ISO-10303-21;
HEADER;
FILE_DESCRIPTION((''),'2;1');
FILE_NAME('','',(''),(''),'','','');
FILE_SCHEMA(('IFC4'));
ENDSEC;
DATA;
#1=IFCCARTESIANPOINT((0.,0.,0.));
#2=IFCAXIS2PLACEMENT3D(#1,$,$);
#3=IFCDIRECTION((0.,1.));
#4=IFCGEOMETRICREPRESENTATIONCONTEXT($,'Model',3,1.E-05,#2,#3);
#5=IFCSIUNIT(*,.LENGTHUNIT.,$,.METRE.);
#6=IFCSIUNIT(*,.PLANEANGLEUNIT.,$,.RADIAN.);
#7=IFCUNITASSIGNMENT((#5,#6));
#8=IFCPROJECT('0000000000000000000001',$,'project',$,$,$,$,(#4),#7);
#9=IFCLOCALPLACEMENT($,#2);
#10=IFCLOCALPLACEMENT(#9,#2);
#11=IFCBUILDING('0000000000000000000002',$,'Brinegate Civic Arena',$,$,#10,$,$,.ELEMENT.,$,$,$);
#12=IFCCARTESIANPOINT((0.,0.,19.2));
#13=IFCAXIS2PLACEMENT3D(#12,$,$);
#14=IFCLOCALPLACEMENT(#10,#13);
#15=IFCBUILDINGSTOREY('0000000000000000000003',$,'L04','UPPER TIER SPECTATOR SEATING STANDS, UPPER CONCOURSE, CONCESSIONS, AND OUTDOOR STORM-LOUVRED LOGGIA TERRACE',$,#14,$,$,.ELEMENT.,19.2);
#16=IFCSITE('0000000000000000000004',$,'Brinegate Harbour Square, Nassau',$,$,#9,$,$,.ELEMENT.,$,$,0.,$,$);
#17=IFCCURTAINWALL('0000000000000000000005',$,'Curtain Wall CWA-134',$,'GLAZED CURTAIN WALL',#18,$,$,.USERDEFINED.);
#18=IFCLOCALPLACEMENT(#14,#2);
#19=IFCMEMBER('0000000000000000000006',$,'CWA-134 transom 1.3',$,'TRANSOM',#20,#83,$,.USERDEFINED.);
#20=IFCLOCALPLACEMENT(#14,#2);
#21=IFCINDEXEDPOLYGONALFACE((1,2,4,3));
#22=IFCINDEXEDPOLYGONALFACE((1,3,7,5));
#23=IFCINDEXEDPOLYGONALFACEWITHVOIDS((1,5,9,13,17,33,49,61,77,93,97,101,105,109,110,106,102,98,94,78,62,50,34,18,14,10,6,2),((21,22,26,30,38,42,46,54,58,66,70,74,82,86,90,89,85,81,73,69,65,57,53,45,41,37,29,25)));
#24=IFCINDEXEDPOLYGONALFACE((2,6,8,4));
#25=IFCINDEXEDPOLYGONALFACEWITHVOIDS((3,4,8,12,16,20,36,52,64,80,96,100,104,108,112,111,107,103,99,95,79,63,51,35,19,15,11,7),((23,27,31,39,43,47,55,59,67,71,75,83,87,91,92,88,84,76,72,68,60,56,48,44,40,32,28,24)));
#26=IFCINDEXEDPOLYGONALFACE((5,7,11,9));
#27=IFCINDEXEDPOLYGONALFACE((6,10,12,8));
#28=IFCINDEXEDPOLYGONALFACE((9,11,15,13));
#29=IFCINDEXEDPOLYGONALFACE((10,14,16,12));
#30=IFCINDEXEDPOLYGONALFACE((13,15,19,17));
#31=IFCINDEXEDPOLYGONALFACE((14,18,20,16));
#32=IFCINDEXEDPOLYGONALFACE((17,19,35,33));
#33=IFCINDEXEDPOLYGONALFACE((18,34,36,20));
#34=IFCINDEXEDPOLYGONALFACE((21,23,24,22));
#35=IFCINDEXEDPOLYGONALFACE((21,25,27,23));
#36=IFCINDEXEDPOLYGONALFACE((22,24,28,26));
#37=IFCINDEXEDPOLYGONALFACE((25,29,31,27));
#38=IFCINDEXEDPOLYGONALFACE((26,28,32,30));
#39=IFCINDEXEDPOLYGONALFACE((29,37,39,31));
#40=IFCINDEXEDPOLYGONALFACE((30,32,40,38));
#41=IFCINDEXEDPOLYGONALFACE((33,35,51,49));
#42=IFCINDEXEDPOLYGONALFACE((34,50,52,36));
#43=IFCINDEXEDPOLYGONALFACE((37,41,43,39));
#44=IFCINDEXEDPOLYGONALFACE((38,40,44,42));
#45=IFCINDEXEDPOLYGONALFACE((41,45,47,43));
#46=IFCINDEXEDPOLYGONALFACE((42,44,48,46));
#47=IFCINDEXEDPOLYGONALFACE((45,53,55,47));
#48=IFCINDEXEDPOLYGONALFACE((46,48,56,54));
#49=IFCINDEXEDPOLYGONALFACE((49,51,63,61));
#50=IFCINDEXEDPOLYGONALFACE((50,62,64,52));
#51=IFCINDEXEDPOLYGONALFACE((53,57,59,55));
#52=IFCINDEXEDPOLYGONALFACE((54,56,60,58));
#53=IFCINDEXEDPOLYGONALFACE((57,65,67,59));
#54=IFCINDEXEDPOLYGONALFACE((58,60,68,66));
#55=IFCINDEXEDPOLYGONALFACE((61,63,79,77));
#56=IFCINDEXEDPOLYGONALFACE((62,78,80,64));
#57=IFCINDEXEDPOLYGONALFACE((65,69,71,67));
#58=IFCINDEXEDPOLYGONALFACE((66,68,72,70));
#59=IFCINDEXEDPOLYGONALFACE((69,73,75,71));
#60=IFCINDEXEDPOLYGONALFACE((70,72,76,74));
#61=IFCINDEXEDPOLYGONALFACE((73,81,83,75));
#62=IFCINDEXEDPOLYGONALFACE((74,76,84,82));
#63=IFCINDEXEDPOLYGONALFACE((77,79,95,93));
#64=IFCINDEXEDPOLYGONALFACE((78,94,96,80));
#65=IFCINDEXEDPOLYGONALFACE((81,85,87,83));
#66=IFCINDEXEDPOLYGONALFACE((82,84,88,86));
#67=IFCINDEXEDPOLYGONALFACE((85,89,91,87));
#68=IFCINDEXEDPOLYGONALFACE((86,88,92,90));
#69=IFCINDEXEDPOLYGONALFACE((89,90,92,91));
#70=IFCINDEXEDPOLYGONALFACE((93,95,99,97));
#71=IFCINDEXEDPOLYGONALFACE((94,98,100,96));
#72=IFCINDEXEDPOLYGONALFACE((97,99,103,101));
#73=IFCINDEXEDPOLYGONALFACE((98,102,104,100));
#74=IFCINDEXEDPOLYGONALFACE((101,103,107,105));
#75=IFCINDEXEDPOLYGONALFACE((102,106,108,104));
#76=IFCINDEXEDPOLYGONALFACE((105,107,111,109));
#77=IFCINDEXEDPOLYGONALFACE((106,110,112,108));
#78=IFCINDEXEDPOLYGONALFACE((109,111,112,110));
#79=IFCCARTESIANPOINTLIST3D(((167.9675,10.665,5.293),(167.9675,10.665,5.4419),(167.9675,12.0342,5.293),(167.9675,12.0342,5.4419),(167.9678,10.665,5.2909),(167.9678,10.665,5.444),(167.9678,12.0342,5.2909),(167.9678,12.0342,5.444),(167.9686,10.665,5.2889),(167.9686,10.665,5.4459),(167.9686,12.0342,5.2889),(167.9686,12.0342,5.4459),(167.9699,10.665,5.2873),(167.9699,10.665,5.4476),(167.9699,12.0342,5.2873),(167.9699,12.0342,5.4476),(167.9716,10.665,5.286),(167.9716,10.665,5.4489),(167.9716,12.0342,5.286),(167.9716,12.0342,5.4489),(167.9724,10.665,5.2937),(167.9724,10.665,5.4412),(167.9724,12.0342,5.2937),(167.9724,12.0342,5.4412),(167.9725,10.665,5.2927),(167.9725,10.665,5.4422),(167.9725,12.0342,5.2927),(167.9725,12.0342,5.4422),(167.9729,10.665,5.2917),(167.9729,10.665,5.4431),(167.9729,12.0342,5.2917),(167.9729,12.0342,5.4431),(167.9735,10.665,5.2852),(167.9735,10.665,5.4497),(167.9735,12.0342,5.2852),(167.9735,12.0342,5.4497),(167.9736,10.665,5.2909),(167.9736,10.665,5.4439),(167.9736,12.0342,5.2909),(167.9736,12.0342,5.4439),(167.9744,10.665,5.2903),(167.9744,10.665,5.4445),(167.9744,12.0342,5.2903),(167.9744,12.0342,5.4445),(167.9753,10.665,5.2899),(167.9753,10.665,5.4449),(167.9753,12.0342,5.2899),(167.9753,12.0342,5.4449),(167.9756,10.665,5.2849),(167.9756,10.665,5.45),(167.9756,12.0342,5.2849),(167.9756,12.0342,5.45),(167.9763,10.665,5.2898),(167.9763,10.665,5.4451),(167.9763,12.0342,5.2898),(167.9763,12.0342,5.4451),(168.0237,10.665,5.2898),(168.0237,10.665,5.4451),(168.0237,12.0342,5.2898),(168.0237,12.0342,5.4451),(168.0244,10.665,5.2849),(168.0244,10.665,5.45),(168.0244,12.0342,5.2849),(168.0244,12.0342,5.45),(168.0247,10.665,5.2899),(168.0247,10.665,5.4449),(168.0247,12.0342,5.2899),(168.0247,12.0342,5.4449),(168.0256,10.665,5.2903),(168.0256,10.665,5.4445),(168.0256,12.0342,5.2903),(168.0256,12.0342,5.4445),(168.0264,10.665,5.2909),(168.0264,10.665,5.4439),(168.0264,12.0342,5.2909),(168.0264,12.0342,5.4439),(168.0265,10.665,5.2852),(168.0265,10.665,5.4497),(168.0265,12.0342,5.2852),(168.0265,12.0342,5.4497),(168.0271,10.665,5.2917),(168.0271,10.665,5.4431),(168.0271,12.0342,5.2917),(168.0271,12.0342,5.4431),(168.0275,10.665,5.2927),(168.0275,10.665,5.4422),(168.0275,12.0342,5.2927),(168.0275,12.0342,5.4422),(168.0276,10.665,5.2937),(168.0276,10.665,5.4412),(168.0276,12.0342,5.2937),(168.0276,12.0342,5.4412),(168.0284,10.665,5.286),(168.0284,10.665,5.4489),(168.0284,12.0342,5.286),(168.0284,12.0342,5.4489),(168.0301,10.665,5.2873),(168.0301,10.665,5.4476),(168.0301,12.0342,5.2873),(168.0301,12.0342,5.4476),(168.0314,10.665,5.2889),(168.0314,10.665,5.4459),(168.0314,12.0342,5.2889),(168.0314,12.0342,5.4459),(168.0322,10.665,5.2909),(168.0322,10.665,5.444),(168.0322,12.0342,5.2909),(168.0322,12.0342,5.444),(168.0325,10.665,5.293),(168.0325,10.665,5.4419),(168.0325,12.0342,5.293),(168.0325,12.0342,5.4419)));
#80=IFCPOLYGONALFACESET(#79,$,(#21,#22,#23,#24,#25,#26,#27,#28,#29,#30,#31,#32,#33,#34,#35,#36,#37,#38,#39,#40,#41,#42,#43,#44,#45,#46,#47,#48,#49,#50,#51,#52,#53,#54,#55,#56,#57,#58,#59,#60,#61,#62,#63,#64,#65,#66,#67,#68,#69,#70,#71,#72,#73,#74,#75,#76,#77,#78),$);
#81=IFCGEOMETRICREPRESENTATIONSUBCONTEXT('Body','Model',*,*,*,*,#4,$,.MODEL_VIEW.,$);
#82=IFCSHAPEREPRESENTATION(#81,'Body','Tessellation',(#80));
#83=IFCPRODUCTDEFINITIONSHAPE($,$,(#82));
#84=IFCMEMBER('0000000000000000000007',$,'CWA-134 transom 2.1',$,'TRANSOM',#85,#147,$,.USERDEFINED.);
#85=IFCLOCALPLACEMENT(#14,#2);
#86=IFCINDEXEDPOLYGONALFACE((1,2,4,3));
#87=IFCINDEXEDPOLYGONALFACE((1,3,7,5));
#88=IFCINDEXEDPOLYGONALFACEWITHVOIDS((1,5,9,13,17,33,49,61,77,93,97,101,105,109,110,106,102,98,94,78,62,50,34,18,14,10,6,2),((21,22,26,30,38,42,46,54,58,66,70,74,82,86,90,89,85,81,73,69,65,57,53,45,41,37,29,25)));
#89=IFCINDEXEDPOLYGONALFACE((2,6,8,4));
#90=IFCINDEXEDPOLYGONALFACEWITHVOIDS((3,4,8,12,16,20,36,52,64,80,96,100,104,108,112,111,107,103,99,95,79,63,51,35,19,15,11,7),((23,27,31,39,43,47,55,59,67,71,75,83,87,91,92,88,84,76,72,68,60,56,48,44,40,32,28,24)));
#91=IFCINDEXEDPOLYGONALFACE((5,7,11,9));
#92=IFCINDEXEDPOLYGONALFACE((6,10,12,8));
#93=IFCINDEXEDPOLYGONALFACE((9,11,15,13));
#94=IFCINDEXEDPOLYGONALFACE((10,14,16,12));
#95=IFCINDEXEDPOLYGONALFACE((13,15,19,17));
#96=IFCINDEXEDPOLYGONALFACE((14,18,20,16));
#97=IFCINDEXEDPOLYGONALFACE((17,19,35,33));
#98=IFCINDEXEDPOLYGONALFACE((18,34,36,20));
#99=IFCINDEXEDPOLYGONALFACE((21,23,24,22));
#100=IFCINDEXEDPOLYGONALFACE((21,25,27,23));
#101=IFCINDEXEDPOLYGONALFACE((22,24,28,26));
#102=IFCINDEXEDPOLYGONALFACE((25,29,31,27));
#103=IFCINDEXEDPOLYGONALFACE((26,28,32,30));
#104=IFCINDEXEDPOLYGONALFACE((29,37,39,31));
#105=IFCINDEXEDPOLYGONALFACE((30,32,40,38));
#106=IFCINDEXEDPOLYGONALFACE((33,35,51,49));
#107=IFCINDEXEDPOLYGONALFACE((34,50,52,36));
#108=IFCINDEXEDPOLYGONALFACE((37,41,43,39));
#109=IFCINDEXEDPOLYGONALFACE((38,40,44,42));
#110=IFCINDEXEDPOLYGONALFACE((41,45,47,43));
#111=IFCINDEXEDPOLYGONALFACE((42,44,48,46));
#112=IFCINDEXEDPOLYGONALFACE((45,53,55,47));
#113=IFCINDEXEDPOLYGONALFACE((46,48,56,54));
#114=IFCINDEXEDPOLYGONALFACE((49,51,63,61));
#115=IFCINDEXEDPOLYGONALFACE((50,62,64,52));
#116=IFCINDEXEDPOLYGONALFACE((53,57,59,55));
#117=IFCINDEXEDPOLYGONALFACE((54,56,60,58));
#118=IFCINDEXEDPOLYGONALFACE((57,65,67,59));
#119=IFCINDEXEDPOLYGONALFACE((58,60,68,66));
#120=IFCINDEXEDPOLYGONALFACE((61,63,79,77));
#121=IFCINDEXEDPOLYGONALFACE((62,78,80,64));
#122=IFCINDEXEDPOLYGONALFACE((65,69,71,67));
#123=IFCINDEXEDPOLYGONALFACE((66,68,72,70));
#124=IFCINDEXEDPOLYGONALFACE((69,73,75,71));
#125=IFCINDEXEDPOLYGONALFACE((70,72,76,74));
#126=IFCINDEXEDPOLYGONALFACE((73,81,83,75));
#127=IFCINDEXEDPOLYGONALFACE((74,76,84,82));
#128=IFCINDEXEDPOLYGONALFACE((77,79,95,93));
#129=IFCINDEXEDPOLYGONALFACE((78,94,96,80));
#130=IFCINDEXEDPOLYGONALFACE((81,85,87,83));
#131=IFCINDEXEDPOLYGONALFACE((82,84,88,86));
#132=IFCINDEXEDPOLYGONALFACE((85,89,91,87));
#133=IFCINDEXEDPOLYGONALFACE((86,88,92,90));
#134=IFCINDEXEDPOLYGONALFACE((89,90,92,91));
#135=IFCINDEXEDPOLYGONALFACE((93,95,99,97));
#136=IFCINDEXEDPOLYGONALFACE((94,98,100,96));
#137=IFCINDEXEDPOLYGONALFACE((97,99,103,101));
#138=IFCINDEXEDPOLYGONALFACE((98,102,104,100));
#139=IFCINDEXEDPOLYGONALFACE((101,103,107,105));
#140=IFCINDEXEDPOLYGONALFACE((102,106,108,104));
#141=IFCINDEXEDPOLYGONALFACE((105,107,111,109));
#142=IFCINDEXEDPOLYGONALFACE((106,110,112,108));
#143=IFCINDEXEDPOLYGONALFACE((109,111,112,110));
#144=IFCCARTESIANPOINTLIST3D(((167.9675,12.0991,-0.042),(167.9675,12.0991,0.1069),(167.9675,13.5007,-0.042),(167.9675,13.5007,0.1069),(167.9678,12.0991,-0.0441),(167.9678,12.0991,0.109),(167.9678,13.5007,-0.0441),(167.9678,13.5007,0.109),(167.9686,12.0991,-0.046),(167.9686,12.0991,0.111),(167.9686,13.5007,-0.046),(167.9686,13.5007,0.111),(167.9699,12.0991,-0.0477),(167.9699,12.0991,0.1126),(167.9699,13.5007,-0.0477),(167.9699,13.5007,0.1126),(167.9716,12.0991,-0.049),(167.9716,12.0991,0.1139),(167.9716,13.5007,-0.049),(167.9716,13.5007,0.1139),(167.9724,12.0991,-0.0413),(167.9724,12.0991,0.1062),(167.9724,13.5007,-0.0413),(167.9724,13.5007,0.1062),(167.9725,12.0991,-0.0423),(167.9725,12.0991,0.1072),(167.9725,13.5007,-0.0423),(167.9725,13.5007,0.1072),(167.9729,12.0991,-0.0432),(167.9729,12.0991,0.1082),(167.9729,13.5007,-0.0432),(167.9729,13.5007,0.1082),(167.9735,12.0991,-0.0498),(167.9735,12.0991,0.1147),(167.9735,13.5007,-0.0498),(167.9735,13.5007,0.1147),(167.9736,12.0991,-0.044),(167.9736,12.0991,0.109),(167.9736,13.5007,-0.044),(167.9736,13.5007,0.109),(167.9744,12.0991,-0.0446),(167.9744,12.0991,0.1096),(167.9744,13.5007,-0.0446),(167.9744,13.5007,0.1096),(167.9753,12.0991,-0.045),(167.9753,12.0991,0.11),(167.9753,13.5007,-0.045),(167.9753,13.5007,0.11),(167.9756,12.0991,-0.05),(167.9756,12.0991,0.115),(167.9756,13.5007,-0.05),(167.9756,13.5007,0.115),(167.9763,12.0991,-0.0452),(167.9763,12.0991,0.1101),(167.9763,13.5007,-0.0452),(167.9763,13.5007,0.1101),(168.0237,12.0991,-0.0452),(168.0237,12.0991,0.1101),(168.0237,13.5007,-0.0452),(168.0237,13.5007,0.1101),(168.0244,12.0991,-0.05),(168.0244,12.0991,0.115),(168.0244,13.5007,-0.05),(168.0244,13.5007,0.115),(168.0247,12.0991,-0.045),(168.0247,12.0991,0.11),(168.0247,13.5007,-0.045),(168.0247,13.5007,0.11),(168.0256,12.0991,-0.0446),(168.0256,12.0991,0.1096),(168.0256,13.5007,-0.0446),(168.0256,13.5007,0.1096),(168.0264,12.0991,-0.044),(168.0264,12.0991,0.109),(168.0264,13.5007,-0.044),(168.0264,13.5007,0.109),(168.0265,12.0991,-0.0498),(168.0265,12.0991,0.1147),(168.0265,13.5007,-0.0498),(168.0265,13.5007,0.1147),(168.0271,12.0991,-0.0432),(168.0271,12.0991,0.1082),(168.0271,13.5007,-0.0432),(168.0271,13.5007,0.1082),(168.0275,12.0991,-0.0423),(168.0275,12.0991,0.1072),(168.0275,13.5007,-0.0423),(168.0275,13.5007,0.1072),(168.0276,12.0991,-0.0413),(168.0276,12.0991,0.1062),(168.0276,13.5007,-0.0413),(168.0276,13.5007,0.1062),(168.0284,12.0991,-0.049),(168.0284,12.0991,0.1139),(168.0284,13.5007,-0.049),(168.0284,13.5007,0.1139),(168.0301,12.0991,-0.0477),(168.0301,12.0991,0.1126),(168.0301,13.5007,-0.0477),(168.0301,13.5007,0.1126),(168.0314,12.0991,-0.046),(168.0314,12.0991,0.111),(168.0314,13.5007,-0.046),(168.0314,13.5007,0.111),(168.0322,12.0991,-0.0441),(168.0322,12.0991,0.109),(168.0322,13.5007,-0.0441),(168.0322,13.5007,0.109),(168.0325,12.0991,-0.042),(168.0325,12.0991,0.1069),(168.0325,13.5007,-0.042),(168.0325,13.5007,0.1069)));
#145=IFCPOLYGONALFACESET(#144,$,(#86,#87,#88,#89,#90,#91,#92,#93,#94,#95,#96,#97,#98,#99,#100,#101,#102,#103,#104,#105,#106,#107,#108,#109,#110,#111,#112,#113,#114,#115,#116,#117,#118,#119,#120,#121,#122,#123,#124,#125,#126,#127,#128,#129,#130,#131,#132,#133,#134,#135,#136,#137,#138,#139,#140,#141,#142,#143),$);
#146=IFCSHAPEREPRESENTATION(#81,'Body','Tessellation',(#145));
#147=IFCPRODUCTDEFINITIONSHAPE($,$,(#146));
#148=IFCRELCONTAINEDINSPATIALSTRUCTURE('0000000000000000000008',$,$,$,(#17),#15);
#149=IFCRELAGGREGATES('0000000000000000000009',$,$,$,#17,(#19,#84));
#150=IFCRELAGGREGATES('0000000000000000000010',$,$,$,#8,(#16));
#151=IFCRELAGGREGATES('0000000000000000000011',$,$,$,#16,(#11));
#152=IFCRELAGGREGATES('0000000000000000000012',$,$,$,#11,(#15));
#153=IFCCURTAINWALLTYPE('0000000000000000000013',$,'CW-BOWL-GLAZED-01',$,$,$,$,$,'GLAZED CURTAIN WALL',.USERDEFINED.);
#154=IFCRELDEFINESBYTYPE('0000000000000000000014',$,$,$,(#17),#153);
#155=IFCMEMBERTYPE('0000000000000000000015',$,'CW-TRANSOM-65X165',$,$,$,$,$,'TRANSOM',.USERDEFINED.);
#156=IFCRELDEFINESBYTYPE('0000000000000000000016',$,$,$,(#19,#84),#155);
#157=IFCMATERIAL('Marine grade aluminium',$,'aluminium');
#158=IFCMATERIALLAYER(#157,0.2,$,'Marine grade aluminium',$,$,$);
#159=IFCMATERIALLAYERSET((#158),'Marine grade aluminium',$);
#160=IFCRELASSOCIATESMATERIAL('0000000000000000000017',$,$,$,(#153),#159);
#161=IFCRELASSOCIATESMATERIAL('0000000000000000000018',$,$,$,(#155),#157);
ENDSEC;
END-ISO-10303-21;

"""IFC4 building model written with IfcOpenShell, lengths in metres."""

from ifc_helpers import new_model, si_unit, direction, frame, origin, origin_2d, place, context, subcontext, project, spatial, hollow_rectangle, extrude, material, layer, layer_set, material_profile, profile_set, type_object, element, aggregate, save


model = new_model("IFC4")

# Units and contexts
model_context = context("Model", 3, precision=1e-05, world=origin(), true_north=direction((0.0, 1.0)))
body_context = subcontext(model_context, "Body", "Model", "MODEL_VIEW")
ifc_project = project(units=[si_unit("LENGTHUNIT", "METRE"), si_unit("PLANEANGLEUNIT", "RADIAN")], contexts=[model_context])

# Site, building, storey
site_placement = place(None, origin())
site = spatial("IfcSite", under=ifc_project, at=site_placement, Name="Brinegate Harbour Square, Nassau", CompositionType="ELEMENT", RefElevation=0.0)
building_placement = place(site_placement, origin())
building = spatial("IfcBuilding", under=site, at=building_placement, Name="Brinegate Civic Arena", CompositionType="ELEMENT")
storey_placement = place(building_placement, frame((0.0, 0.0, 19.2)))
storey = spatial("IfcBuildingStorey", under=building, at=storey_placement, Name="L04", Description="UPPER TIER SPECTATOR SEATING STANDS, UPPER CONCOURSE, CONCESSIONS, AND OUTDOOR STORM-LOUVRED LOGGIA TERRACE", CompositionType="ELEMENT", Elevation=19.2)

# Curtain wall, members
ifc_material_1 = material(Name="Marine grade aluminium", Category="aluminium")
ifc_layer_1 = layer(ifc_material_1, 0.2, Name="Marine grade aluminium")
ifc_layer_set_1 = layer_set([ifc_layer_1], Name="Marine grade aluminium")
curtain_wall_type = type_object("IfcCurtainWallType", Name="CW-BOWL-GLAZED-01", ElementType="GLAZED CURTAIN WALL", PredefinedType="USERDEFINED", material=ifc_layer_set_1)
curtain_wall_placement = place(storey_placement, origin())
curtain_wall = element("IfcCurtainWall", 1, at=curtain_wall_placement, inside=storey, type_object=curtain_wall_type, Name="Curtain Wall CWA-134", ObjectType="GLAZED CURTAIN WALL", PredefinedType="USERDEFINED")
ifc_material_profile_1 = material_profile(ifc_material_1, hollow_rectangle(XDim=0.0649, YDim=0.165, WallThickness=0.0049, InnerFilletRadius=0.0039, OuterFilletRadius=0.0081, at=origin_2d()), Name="TRN65X165")
ifc_profile_set_1 = profile_set([ifc_material_profile_1], Name="Marine grade aluminium")
member_type_1 = type_object("IfcMemberType", Name="CW-TRANSOM-65X165", ElementType="TRANSOM", PredefinedType="USERDEFINED", material=ifc_profile_set_1)
member_1_placement = place(storey_placement, frame((168.0, 10.665, 5.3674), z_axis=(0.0, 1.0, 0.0), x_axis=(-1.0, 0.0, 0.0)))
member_1 = element("IfcMember", 2, at=member_1_placement, type_object=member_type_1, Name="CWA-134 transom 1.3", ObjectType="TRANSOM", PredefinedType="USERDEFINED", context=body_context, shape_type="SweptSolid", body=[
    extrude(hollow_rectangle(XDim=0.0649, YDim=0.165, WallThickness=0.0049, InnerFilletRadius=0.0039, OuterFilletRadius=0.0081, at=origin_2d()), origin(), (0.0, 0.0, 1.0), 1.3691),
])
member_2_placement = place(storey_placement, frame((168.0, 12.0991, 0.0325), z_axis=(0.0, 1.0, 0.0), x_axis=(-1.0, 0.0, 0.0)))
member_2 = element("IfcMember", 3, at=member_2_placement, type_object=member_type_1, Name="CWA-134 transom 2.1", ObjectType="TRANSOM", PredefinedType="USERDEFINED", context=body_context, shape_type="SweptSolid", body=[
    extrude(hollow_rectangle(XDim=0.0649, YDim=0.165, WallThickness=0.0049, InnerFilletRadius=0.0039, OuterFilletRadius=0.0081, at=origin_2d()), origin(), (0.0, 0.0, 1.0), 1.4016),
])
aggregate(curtain_wall, [member_1, member_2])

save(model, "model.ifc")
